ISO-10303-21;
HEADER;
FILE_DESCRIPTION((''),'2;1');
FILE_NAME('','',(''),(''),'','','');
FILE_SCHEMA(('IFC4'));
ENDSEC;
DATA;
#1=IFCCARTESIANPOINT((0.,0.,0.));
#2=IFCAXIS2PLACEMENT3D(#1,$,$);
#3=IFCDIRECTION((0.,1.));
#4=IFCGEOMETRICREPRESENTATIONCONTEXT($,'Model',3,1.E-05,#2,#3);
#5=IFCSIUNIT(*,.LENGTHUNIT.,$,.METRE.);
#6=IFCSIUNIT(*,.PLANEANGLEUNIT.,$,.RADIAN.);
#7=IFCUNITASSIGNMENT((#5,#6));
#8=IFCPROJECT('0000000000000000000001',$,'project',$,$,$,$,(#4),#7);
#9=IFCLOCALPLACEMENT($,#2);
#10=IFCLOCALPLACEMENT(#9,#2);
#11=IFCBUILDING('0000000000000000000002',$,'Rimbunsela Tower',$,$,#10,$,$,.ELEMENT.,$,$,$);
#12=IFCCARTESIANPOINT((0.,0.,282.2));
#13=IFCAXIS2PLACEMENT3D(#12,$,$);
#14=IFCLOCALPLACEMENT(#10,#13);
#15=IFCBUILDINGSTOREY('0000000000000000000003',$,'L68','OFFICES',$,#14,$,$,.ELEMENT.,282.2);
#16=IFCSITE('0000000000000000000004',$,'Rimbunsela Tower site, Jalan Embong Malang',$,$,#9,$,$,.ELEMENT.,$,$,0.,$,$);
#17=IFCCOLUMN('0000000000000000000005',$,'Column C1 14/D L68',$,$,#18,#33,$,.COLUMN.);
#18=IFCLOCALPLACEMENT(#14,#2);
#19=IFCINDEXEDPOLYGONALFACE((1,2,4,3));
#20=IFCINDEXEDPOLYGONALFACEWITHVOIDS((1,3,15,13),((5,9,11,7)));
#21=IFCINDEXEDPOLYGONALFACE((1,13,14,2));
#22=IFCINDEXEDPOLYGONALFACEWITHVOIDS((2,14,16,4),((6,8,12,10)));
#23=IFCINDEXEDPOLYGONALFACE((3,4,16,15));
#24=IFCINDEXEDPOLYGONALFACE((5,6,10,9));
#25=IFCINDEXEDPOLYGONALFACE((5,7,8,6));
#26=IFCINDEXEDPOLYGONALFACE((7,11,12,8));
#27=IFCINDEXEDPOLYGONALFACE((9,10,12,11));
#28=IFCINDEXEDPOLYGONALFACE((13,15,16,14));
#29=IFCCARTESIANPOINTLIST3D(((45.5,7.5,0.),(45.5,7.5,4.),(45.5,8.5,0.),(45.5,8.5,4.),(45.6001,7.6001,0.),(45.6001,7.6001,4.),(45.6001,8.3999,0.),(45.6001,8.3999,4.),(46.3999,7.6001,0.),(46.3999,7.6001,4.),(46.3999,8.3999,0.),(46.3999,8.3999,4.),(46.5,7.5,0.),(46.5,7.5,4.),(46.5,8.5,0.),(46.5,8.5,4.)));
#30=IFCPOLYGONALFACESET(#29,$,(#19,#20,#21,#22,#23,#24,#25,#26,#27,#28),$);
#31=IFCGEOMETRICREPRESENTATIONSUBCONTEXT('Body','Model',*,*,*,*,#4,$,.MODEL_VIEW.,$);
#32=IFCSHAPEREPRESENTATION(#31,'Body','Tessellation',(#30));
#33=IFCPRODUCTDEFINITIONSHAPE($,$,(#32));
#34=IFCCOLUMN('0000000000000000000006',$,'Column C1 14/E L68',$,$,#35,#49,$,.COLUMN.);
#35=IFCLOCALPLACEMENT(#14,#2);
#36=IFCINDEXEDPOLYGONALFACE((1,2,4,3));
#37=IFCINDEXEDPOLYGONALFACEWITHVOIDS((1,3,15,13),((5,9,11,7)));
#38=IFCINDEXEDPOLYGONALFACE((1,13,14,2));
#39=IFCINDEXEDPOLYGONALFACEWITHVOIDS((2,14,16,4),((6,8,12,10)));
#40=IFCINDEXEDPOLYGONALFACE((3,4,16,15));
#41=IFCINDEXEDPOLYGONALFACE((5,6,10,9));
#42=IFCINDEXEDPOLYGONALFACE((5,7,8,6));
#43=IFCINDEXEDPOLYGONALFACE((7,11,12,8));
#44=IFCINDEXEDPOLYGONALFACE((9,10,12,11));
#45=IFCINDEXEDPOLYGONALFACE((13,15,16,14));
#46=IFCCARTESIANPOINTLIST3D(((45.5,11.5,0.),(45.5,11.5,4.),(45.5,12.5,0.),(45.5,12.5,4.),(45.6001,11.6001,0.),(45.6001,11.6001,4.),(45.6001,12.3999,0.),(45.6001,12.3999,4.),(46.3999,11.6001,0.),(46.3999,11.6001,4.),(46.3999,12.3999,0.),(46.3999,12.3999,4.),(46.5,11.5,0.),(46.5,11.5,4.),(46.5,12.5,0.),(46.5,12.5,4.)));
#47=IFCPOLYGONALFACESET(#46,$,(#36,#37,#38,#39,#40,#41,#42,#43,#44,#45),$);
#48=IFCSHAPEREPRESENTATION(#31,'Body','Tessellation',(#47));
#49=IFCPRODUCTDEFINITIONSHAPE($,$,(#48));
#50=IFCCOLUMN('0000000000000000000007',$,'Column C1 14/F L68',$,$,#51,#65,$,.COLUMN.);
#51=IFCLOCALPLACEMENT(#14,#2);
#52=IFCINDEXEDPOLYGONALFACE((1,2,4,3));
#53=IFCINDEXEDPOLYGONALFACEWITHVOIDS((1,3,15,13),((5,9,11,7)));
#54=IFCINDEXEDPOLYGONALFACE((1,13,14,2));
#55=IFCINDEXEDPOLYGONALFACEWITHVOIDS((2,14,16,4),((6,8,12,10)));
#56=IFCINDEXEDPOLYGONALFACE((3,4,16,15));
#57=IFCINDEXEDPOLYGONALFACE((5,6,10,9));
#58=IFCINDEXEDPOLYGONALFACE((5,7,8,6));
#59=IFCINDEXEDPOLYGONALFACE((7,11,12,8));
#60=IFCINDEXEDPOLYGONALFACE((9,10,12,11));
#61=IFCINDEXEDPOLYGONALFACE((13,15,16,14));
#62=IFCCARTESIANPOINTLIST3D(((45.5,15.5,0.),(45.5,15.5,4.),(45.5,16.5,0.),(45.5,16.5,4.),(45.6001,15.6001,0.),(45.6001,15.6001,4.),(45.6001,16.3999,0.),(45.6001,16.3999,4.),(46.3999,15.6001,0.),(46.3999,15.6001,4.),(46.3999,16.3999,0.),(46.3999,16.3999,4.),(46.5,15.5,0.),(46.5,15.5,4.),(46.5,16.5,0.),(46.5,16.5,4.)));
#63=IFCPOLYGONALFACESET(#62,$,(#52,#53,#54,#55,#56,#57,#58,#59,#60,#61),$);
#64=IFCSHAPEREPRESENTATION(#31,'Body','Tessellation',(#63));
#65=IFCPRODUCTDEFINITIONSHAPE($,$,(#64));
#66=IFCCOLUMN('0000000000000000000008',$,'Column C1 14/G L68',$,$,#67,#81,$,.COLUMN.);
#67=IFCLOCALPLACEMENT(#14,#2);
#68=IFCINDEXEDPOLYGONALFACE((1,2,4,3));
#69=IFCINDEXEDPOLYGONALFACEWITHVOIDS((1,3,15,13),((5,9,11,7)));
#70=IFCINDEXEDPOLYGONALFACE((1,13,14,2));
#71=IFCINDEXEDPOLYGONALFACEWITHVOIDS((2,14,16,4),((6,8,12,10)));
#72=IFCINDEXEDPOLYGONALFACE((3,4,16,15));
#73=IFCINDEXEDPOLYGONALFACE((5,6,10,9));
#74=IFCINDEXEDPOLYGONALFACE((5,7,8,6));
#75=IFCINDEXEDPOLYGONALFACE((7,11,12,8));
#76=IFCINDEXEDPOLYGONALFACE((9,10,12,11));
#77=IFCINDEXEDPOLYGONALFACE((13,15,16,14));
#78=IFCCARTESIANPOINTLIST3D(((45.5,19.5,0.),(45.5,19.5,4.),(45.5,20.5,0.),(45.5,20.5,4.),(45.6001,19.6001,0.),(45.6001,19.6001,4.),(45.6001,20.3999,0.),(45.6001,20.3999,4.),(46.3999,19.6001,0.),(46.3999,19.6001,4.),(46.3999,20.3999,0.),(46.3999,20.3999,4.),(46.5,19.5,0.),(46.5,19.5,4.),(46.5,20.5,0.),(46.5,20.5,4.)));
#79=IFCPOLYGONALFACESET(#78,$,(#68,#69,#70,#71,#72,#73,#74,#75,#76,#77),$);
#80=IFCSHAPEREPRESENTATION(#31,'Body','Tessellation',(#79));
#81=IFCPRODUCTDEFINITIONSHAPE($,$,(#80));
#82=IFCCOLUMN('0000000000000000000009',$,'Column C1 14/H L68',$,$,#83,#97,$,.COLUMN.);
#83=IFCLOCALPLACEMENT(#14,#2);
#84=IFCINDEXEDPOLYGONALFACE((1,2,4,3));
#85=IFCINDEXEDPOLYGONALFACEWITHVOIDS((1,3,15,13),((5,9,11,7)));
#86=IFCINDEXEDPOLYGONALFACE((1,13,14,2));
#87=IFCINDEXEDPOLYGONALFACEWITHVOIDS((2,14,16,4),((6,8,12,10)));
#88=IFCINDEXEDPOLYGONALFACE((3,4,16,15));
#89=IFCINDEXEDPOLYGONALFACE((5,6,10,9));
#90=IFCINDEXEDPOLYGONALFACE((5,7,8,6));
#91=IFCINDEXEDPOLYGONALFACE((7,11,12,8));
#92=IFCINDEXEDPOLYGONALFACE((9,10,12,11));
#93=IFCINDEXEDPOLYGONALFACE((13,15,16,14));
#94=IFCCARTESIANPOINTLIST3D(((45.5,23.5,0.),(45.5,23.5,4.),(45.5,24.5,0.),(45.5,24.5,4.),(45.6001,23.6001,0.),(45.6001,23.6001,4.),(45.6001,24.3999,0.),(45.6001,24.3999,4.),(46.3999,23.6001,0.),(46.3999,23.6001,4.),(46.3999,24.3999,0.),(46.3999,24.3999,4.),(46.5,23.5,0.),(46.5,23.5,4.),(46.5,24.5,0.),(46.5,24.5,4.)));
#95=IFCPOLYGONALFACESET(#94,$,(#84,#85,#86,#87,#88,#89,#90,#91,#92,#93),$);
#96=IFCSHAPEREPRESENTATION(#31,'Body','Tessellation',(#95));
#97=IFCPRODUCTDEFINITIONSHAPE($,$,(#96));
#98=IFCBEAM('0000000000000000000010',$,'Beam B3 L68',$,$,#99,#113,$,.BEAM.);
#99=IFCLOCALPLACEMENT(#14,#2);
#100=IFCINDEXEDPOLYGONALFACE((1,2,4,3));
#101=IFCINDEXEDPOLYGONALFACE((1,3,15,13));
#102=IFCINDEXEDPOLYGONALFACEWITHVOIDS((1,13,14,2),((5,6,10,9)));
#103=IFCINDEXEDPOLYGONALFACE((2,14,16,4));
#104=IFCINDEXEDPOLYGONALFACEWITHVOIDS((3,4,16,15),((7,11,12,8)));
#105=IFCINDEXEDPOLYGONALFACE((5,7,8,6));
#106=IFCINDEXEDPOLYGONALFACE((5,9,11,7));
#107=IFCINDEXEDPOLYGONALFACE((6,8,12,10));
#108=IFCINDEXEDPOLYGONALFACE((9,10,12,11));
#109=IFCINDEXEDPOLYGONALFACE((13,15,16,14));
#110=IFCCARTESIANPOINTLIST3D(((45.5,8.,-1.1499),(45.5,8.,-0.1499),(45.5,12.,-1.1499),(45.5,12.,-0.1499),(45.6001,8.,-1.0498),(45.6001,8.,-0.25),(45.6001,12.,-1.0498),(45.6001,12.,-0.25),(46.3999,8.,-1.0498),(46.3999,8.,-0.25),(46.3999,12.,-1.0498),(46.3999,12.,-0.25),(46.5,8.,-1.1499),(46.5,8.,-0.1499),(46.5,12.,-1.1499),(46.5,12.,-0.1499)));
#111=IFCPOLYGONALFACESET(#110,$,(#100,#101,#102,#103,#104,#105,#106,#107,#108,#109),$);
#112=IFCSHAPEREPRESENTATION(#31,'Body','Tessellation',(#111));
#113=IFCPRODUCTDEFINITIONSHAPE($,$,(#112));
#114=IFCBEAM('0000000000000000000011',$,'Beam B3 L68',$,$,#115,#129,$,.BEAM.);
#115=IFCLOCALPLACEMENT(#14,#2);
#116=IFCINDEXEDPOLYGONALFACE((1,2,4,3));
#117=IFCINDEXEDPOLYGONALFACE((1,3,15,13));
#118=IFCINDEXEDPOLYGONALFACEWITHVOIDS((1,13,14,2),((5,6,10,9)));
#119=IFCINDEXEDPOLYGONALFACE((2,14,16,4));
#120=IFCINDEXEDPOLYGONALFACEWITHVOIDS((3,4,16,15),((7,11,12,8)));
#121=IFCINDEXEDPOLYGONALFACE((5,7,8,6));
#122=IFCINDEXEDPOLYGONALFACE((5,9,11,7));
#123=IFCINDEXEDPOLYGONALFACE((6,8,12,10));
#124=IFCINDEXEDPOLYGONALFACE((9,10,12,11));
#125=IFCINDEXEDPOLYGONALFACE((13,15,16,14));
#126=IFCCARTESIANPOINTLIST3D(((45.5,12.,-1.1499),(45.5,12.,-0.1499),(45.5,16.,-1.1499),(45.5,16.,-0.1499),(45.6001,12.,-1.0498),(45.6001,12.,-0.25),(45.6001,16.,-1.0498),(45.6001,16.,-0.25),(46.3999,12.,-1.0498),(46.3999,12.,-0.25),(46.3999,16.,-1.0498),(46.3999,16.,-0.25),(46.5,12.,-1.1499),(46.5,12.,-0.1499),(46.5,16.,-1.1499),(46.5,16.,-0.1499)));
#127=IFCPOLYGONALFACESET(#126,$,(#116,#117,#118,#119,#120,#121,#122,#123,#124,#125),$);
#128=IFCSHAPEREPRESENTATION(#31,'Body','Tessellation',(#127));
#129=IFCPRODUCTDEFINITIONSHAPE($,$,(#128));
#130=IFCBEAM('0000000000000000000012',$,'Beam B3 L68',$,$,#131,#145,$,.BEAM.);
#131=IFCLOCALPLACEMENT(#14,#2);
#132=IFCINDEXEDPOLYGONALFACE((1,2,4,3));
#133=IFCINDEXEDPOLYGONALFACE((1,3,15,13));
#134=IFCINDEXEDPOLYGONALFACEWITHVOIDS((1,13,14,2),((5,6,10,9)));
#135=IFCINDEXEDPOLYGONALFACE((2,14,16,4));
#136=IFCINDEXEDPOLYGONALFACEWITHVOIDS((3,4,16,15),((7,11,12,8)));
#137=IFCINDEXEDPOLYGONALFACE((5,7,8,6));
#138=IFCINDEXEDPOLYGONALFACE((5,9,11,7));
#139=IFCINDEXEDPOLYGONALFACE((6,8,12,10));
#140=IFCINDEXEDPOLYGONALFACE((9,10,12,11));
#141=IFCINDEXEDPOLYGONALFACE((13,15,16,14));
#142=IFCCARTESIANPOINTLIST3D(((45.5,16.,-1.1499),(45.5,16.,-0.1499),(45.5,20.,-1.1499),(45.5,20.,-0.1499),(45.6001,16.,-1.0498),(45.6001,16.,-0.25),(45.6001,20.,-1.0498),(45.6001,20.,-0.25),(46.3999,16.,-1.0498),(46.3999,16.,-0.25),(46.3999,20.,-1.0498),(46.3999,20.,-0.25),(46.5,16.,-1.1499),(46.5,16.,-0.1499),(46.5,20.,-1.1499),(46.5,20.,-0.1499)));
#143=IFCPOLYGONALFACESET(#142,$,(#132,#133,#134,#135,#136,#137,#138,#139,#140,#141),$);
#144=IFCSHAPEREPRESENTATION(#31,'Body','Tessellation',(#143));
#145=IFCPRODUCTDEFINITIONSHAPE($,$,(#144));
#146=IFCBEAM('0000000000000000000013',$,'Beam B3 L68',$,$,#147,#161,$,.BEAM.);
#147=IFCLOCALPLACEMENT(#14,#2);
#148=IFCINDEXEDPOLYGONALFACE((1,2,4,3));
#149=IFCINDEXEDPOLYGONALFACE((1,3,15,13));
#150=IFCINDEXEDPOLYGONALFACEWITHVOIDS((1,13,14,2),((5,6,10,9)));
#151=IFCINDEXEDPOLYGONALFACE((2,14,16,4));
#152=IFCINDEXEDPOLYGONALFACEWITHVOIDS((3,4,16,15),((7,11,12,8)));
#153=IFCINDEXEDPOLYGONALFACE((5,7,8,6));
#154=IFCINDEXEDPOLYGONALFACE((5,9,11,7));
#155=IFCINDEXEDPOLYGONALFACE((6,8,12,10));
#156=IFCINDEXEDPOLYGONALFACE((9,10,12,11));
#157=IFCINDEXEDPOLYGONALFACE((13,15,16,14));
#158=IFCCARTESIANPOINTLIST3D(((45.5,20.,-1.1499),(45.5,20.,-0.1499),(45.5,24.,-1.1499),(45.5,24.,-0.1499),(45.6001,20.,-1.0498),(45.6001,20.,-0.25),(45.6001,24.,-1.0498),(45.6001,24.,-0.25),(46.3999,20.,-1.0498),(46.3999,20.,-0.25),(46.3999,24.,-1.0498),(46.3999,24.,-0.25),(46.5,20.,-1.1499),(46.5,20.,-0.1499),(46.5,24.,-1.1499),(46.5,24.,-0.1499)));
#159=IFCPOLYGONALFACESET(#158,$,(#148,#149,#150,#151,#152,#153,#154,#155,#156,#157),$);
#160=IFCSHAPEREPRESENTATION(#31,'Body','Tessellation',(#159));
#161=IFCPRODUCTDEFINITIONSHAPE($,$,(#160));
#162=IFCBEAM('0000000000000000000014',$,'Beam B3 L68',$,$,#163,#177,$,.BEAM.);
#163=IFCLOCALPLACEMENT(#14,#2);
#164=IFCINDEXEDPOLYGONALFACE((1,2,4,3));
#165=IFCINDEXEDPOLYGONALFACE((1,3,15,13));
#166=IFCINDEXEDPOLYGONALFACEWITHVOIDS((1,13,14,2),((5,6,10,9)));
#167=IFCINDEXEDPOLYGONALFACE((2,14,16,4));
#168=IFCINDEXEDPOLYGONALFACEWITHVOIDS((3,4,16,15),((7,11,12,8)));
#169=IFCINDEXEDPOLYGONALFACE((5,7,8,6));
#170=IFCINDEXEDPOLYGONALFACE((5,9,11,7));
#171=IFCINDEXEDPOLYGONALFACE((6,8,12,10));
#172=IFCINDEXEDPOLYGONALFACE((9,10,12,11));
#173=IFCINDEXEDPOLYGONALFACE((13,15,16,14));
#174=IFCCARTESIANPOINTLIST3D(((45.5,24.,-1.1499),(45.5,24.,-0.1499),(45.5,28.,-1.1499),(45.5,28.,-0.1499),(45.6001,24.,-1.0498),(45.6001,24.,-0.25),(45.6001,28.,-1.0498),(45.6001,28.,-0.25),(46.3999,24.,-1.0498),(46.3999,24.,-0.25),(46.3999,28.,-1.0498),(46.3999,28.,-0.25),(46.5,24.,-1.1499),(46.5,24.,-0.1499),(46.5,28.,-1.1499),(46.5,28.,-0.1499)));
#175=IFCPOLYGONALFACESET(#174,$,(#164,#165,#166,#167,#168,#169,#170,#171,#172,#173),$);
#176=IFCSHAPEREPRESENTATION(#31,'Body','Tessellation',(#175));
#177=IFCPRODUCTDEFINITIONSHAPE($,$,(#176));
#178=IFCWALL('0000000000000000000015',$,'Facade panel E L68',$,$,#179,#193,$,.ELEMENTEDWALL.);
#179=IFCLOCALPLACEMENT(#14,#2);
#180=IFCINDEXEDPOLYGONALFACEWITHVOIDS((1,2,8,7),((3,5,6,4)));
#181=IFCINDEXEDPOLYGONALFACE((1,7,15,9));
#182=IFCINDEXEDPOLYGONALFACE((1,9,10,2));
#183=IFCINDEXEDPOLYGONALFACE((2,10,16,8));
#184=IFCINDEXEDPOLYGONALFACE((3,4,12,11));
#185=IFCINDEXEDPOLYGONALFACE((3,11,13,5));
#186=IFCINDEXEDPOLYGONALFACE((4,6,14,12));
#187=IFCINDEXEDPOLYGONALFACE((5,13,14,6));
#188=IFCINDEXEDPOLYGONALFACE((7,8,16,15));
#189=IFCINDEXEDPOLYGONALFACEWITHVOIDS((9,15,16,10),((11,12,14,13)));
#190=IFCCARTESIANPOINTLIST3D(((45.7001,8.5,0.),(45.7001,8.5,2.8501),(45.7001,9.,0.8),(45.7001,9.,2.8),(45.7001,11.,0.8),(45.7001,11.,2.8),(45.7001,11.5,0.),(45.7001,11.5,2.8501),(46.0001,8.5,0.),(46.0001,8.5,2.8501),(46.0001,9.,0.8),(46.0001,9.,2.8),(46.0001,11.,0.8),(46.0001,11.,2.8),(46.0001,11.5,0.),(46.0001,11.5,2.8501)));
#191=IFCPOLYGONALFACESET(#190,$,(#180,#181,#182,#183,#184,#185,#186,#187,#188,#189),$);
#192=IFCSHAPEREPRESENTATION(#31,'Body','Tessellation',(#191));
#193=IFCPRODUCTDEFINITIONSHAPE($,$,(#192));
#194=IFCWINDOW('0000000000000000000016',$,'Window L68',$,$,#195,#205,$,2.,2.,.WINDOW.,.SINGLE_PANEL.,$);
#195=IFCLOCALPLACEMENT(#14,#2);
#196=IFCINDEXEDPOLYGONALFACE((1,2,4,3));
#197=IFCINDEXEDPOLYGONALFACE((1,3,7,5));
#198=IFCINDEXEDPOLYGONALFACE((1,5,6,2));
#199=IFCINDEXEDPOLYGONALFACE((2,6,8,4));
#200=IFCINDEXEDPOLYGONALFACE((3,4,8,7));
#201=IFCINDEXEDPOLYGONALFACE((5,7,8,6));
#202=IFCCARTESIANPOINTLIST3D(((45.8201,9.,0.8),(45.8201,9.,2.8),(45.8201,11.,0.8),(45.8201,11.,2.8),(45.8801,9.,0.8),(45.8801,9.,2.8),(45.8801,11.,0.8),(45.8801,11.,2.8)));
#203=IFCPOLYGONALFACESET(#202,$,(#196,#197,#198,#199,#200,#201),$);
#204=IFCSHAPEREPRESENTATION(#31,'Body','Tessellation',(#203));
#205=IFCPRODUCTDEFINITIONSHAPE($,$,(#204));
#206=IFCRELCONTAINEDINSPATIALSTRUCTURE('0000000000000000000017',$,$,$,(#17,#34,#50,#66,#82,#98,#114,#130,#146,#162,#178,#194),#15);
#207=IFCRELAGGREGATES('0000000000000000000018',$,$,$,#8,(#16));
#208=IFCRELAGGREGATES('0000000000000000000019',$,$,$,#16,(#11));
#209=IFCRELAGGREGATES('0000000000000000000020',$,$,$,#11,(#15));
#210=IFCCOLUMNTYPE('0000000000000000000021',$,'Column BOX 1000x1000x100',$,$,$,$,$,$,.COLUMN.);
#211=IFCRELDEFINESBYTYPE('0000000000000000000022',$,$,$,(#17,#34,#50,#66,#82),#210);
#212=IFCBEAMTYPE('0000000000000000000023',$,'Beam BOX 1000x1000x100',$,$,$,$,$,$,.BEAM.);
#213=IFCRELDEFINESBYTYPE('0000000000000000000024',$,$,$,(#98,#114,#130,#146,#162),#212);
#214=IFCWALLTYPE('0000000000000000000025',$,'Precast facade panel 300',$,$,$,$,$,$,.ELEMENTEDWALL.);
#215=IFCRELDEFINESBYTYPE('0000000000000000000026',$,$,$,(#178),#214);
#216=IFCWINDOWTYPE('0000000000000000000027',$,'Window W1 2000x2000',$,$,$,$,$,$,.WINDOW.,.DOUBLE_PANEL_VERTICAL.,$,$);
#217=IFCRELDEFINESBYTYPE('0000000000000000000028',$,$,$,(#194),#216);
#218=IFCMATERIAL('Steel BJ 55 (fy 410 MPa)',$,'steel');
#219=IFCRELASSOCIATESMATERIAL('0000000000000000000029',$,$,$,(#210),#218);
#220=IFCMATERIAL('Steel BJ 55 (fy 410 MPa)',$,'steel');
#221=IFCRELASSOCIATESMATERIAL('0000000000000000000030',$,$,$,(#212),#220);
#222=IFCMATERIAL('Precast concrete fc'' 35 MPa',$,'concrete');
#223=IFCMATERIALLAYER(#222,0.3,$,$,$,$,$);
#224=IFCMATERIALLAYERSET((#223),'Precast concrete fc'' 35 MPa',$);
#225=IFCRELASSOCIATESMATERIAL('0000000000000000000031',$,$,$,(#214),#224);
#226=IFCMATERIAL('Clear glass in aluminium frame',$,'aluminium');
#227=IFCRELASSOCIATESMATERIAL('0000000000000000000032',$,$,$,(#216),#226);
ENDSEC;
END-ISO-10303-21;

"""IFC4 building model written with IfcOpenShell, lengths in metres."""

from ifc_helpers import new_model, si_unit, direction, frame, frame_2d, origin, origin_2d, place, context, subcontext, project, spatial, rectangle, hollow_rectangle, extrude, material, layer, layer_set, material_profile, profile_set, type_object, element, fill, save


model = new_model("IFC4")

# Units and contexts
model_context = context("Model", 3, precision=1e-05, world=origin(), true_north=direction((0.0, 1.0)))
body_context = subcontext(model_context, "Body", "Model", "MODEL_VIEW")
ifc_project = project(units=[si_unit("LENGTHUNIT", "METRE"), si_unit("PLANEANGLEUNIT", "RADIAN")], contexts=[model_context])

# Site, building, storey
site_placement = place(None, origin())
site = spatial("IfcSite", under=ifc_project, at=site_placement, Name="Rimbunsela Tower site, Jalan Embong Malang", CompositionType="ELEMENT", RefElevation=0.0)
building_placement = place(site_placement, origin())
building = spatial("IfcBuilding", under=site, at=building_placement, Name="Rimbunsela Tower", CompositionType="ELEMENT")
storey_placement = place(building_placement, frame((0.0, 0.0, 282.2)))
storey = spatial("IfcBuildingStorey", under=building, at=storey_placement, Name="L68", Description="OFFICES", CompositionType="ELEMENT", Elevation=282.2)

# Columns
ifc_material_1 = material(Name="Steel BJ 55 (fy 410 MPa)", Category="steel")
ifc_material_profile_1 = material_profile(ifc_material_1, hollow_rectangle(XDim=1.0, YDim=1.0, WallThickness=0.1001, at=origin_2d()), Name="BOX 1000x1000x100")
ifc_profile_set_1 = profile_set([ifc_material_profile_1], Name="Steel BJ 55 (fy 410 MPa)")
column_type = type_object("IfcColumnType", Name="Column BOX 1000x1000x100", PredefinedType="COLUMN", material=ifc_profile_set_1)
for number, where, z_axis, x_axis, name in (
    (1, (46.0, 8.0, 0.0), (0.0, 0.0, 1.0), (1.0, 0.0, 0.0), "Column C1 14/D L68"),
    (2, (46.0, 12.0, 0.0), (0.0, 0.0, 1.0), (1.0, 0.0, 0.0), "Column C1 14/E L68"),
    (3, (46.0, 16.0, 0.0), (0.0, 0.0, 1.0), (1.0, 0.0, 0.0), "Column C1 14/F L68"),
    (4, (46.0, 20.0, 0.0), (0.0, 0.0, 1.0), (1.0, 0.0, 0.0), "Column C1 14/G L68"),
    (5, (46.0, 24.0, 0.0), (0.0, 0.0, 1.0), (1.0, 0.0, 0.0), "Column C1 14/H L68"),
):
    element("IfcColumn", number, at=place(storey_placement, frame(where, z_axis=z_axis, x_axis=x_axis)), inside=storey, type_object=column_type, Name=name, PredefinedType="COLUMN", context=body_context, shape_type="SweptSolid", body=[
        extrude(hollow_rectangle(XDim=1.0, YDim=1.0, WallThickness=0.1001, at=origin_2d()), origin(), (0.0, 0.0, 1.0), 4.0),
    ])

# Beams
ifc_material_2 = material(Name="Steel BJ 55 (fy 410 MPa)", Category="steel")
ifc_material_profile_2 = material_profile(ifc_material_2, hollow_rectangle(XDim=1.0, YDim=1.0, WallThickness=0.1001, at=origin_2d()), Name="BOX 1000x1000x100")
ifc_profile_set_2 = profile_set([ifc_material_profile_2], Name="Steel BJ 55 (fy 410 MPa)")
beam_type = type_object("IfcBeamType", Name="Beam BOX 1000x1000x100", PredefinedType="BEAM", material=ifc_profile_set_2)
for number, where, z_axis, x_axis, name in (
    (6, (46.0, 8.0, -0.6499), (0.0, 1.0, 0.0), (-1.0, 0.0, 0.0), "Beam B3 L68"),
    (7, (46.0, 12.0, -0.6499), (0.0, 1.0, 0.0), (-1.0, 0.0, 0.0), "Beam B3 L68"),
    (8, (46.0, 16.0, -0.6499), (0.0, 1.0, 0.0), (-1.0, 0.0, 0.0), "Beam B3 L68"),
    (9, (46.0, 20.0, -0.6499), (0.0, 1.0, 0.0), (-1.0, 0.0, 0.0), "Beam B3 L68"),
    (10, (46.0, 24.0, -0.6499), (0.0, 1.0, 0.0), (-1.0, 0.0, 0.0), "Beam B3 L68"),
):
    element("IfcBeam", number, at=place(storey_placement, frame(where, z_axis=z_axis, x_axis=x_axis)), inside=storey, type_object=beam_type, Name=name, PredefinedType="BEAM", context=body_context, shape_type="SweptSolid", body=[
        extrude(hollow_rectangle(XDim=1.0, YDim=1.0, WallThickness=0.1001, at=origin_2d()), origin(), (0.0, 0.0, 1.0), 4.0),
    ])

# Wall, opening, window
ifc_material_3 = material(Name="Precast concrete fc' 35 MPa", Category="concrete")
ifc_layer_1 = layer(ifc_material_3, 0.3)
ifc_layer_set_1 = layer_set([ifc_layer_1], Name="Precast concrete fc' 35 MPa")
wall_type_1 = type_object("IfcWallType", Name="Precast facade panel 300", PredefinedType="ELEMENTEDWALL", material=ifc_layer_set_1)
wall_1_placement = place(storey_placement, frame((45.8501, 8.5, 0.0), z_axis=(0.0, 0.0, 1.0), x_axis=(0.0, 1.0, 0.0)))
wall_1 = element("IfcWall", 11, at=wall_1_placement, inside=storey, type_object=wall_type_1, Name="Facade panel E L68", PredefinedType="ELEMENTEDWALL", context=body_context, shape_type="SweptSolid", body=[
    extrude(rectangle(XDim=3.0, YDim=0.3, at=frame_2d((1.5, 0.0))), origin(), (0.0, 0.0, 1.0), 2.8501),
])
opening_1_placement = place(wall_1_placement, frame((0.5, 0.0, 0.8)))
opening_1 = element("IfcOpeningElement", 12, at=opening_1_placement, cuts=wall_1, PredefinedType="OPENING", context=body_context, shape_type="SweptSolid", body=[
    extrude(rectangle(XDim=2.0, YDim=2.0, at=frame_2d((1.0, 1.0))), frame((0.0, 0.1599, 0.0), z_axis=(0.0, -1.0, 0.0), x_axis=(1.0, 0.0, 0.0)), (0.0, 0.0, 1.0), 0.3201),
])
ifc_material_4 = material(Name="Clear glass in aluminium frame", Category="aluminium")
window_type = type_object("IfcWindowType", Name="Window W1 2000x2000", PartitioningType="DOUBLE_PANEL_VERTICAL", PredefinedType="WINDOW", material=ifc_material_4)
window_1_placement = place(opening_1_placement, origin())
window_1 = element("IfcWindow", 13, at=window_1_placement, inside=storey, type_object=window_type, Name="Window L68", OverallHeight=2.0, OverallWidth=2.0, PartitioningType="SINGLE_PANEL", PredefinedType="WINDOW", context=body_context, shape_type="SweptSolid", body=[
    extrude(rectangle(XDim=2.0, YDim=2.0, at=frame_2d((1.0, 1.0))), frame((0.0, 0.03, 0.0), z_axis=(0.0, -1.0, 0.0), x_axis=(1.0, 0.0, 0.0)), (0.0, 0.0, 1.0), 0.0601),
])
fill(opening_1, window_1)

save(model, "model.ifc")
